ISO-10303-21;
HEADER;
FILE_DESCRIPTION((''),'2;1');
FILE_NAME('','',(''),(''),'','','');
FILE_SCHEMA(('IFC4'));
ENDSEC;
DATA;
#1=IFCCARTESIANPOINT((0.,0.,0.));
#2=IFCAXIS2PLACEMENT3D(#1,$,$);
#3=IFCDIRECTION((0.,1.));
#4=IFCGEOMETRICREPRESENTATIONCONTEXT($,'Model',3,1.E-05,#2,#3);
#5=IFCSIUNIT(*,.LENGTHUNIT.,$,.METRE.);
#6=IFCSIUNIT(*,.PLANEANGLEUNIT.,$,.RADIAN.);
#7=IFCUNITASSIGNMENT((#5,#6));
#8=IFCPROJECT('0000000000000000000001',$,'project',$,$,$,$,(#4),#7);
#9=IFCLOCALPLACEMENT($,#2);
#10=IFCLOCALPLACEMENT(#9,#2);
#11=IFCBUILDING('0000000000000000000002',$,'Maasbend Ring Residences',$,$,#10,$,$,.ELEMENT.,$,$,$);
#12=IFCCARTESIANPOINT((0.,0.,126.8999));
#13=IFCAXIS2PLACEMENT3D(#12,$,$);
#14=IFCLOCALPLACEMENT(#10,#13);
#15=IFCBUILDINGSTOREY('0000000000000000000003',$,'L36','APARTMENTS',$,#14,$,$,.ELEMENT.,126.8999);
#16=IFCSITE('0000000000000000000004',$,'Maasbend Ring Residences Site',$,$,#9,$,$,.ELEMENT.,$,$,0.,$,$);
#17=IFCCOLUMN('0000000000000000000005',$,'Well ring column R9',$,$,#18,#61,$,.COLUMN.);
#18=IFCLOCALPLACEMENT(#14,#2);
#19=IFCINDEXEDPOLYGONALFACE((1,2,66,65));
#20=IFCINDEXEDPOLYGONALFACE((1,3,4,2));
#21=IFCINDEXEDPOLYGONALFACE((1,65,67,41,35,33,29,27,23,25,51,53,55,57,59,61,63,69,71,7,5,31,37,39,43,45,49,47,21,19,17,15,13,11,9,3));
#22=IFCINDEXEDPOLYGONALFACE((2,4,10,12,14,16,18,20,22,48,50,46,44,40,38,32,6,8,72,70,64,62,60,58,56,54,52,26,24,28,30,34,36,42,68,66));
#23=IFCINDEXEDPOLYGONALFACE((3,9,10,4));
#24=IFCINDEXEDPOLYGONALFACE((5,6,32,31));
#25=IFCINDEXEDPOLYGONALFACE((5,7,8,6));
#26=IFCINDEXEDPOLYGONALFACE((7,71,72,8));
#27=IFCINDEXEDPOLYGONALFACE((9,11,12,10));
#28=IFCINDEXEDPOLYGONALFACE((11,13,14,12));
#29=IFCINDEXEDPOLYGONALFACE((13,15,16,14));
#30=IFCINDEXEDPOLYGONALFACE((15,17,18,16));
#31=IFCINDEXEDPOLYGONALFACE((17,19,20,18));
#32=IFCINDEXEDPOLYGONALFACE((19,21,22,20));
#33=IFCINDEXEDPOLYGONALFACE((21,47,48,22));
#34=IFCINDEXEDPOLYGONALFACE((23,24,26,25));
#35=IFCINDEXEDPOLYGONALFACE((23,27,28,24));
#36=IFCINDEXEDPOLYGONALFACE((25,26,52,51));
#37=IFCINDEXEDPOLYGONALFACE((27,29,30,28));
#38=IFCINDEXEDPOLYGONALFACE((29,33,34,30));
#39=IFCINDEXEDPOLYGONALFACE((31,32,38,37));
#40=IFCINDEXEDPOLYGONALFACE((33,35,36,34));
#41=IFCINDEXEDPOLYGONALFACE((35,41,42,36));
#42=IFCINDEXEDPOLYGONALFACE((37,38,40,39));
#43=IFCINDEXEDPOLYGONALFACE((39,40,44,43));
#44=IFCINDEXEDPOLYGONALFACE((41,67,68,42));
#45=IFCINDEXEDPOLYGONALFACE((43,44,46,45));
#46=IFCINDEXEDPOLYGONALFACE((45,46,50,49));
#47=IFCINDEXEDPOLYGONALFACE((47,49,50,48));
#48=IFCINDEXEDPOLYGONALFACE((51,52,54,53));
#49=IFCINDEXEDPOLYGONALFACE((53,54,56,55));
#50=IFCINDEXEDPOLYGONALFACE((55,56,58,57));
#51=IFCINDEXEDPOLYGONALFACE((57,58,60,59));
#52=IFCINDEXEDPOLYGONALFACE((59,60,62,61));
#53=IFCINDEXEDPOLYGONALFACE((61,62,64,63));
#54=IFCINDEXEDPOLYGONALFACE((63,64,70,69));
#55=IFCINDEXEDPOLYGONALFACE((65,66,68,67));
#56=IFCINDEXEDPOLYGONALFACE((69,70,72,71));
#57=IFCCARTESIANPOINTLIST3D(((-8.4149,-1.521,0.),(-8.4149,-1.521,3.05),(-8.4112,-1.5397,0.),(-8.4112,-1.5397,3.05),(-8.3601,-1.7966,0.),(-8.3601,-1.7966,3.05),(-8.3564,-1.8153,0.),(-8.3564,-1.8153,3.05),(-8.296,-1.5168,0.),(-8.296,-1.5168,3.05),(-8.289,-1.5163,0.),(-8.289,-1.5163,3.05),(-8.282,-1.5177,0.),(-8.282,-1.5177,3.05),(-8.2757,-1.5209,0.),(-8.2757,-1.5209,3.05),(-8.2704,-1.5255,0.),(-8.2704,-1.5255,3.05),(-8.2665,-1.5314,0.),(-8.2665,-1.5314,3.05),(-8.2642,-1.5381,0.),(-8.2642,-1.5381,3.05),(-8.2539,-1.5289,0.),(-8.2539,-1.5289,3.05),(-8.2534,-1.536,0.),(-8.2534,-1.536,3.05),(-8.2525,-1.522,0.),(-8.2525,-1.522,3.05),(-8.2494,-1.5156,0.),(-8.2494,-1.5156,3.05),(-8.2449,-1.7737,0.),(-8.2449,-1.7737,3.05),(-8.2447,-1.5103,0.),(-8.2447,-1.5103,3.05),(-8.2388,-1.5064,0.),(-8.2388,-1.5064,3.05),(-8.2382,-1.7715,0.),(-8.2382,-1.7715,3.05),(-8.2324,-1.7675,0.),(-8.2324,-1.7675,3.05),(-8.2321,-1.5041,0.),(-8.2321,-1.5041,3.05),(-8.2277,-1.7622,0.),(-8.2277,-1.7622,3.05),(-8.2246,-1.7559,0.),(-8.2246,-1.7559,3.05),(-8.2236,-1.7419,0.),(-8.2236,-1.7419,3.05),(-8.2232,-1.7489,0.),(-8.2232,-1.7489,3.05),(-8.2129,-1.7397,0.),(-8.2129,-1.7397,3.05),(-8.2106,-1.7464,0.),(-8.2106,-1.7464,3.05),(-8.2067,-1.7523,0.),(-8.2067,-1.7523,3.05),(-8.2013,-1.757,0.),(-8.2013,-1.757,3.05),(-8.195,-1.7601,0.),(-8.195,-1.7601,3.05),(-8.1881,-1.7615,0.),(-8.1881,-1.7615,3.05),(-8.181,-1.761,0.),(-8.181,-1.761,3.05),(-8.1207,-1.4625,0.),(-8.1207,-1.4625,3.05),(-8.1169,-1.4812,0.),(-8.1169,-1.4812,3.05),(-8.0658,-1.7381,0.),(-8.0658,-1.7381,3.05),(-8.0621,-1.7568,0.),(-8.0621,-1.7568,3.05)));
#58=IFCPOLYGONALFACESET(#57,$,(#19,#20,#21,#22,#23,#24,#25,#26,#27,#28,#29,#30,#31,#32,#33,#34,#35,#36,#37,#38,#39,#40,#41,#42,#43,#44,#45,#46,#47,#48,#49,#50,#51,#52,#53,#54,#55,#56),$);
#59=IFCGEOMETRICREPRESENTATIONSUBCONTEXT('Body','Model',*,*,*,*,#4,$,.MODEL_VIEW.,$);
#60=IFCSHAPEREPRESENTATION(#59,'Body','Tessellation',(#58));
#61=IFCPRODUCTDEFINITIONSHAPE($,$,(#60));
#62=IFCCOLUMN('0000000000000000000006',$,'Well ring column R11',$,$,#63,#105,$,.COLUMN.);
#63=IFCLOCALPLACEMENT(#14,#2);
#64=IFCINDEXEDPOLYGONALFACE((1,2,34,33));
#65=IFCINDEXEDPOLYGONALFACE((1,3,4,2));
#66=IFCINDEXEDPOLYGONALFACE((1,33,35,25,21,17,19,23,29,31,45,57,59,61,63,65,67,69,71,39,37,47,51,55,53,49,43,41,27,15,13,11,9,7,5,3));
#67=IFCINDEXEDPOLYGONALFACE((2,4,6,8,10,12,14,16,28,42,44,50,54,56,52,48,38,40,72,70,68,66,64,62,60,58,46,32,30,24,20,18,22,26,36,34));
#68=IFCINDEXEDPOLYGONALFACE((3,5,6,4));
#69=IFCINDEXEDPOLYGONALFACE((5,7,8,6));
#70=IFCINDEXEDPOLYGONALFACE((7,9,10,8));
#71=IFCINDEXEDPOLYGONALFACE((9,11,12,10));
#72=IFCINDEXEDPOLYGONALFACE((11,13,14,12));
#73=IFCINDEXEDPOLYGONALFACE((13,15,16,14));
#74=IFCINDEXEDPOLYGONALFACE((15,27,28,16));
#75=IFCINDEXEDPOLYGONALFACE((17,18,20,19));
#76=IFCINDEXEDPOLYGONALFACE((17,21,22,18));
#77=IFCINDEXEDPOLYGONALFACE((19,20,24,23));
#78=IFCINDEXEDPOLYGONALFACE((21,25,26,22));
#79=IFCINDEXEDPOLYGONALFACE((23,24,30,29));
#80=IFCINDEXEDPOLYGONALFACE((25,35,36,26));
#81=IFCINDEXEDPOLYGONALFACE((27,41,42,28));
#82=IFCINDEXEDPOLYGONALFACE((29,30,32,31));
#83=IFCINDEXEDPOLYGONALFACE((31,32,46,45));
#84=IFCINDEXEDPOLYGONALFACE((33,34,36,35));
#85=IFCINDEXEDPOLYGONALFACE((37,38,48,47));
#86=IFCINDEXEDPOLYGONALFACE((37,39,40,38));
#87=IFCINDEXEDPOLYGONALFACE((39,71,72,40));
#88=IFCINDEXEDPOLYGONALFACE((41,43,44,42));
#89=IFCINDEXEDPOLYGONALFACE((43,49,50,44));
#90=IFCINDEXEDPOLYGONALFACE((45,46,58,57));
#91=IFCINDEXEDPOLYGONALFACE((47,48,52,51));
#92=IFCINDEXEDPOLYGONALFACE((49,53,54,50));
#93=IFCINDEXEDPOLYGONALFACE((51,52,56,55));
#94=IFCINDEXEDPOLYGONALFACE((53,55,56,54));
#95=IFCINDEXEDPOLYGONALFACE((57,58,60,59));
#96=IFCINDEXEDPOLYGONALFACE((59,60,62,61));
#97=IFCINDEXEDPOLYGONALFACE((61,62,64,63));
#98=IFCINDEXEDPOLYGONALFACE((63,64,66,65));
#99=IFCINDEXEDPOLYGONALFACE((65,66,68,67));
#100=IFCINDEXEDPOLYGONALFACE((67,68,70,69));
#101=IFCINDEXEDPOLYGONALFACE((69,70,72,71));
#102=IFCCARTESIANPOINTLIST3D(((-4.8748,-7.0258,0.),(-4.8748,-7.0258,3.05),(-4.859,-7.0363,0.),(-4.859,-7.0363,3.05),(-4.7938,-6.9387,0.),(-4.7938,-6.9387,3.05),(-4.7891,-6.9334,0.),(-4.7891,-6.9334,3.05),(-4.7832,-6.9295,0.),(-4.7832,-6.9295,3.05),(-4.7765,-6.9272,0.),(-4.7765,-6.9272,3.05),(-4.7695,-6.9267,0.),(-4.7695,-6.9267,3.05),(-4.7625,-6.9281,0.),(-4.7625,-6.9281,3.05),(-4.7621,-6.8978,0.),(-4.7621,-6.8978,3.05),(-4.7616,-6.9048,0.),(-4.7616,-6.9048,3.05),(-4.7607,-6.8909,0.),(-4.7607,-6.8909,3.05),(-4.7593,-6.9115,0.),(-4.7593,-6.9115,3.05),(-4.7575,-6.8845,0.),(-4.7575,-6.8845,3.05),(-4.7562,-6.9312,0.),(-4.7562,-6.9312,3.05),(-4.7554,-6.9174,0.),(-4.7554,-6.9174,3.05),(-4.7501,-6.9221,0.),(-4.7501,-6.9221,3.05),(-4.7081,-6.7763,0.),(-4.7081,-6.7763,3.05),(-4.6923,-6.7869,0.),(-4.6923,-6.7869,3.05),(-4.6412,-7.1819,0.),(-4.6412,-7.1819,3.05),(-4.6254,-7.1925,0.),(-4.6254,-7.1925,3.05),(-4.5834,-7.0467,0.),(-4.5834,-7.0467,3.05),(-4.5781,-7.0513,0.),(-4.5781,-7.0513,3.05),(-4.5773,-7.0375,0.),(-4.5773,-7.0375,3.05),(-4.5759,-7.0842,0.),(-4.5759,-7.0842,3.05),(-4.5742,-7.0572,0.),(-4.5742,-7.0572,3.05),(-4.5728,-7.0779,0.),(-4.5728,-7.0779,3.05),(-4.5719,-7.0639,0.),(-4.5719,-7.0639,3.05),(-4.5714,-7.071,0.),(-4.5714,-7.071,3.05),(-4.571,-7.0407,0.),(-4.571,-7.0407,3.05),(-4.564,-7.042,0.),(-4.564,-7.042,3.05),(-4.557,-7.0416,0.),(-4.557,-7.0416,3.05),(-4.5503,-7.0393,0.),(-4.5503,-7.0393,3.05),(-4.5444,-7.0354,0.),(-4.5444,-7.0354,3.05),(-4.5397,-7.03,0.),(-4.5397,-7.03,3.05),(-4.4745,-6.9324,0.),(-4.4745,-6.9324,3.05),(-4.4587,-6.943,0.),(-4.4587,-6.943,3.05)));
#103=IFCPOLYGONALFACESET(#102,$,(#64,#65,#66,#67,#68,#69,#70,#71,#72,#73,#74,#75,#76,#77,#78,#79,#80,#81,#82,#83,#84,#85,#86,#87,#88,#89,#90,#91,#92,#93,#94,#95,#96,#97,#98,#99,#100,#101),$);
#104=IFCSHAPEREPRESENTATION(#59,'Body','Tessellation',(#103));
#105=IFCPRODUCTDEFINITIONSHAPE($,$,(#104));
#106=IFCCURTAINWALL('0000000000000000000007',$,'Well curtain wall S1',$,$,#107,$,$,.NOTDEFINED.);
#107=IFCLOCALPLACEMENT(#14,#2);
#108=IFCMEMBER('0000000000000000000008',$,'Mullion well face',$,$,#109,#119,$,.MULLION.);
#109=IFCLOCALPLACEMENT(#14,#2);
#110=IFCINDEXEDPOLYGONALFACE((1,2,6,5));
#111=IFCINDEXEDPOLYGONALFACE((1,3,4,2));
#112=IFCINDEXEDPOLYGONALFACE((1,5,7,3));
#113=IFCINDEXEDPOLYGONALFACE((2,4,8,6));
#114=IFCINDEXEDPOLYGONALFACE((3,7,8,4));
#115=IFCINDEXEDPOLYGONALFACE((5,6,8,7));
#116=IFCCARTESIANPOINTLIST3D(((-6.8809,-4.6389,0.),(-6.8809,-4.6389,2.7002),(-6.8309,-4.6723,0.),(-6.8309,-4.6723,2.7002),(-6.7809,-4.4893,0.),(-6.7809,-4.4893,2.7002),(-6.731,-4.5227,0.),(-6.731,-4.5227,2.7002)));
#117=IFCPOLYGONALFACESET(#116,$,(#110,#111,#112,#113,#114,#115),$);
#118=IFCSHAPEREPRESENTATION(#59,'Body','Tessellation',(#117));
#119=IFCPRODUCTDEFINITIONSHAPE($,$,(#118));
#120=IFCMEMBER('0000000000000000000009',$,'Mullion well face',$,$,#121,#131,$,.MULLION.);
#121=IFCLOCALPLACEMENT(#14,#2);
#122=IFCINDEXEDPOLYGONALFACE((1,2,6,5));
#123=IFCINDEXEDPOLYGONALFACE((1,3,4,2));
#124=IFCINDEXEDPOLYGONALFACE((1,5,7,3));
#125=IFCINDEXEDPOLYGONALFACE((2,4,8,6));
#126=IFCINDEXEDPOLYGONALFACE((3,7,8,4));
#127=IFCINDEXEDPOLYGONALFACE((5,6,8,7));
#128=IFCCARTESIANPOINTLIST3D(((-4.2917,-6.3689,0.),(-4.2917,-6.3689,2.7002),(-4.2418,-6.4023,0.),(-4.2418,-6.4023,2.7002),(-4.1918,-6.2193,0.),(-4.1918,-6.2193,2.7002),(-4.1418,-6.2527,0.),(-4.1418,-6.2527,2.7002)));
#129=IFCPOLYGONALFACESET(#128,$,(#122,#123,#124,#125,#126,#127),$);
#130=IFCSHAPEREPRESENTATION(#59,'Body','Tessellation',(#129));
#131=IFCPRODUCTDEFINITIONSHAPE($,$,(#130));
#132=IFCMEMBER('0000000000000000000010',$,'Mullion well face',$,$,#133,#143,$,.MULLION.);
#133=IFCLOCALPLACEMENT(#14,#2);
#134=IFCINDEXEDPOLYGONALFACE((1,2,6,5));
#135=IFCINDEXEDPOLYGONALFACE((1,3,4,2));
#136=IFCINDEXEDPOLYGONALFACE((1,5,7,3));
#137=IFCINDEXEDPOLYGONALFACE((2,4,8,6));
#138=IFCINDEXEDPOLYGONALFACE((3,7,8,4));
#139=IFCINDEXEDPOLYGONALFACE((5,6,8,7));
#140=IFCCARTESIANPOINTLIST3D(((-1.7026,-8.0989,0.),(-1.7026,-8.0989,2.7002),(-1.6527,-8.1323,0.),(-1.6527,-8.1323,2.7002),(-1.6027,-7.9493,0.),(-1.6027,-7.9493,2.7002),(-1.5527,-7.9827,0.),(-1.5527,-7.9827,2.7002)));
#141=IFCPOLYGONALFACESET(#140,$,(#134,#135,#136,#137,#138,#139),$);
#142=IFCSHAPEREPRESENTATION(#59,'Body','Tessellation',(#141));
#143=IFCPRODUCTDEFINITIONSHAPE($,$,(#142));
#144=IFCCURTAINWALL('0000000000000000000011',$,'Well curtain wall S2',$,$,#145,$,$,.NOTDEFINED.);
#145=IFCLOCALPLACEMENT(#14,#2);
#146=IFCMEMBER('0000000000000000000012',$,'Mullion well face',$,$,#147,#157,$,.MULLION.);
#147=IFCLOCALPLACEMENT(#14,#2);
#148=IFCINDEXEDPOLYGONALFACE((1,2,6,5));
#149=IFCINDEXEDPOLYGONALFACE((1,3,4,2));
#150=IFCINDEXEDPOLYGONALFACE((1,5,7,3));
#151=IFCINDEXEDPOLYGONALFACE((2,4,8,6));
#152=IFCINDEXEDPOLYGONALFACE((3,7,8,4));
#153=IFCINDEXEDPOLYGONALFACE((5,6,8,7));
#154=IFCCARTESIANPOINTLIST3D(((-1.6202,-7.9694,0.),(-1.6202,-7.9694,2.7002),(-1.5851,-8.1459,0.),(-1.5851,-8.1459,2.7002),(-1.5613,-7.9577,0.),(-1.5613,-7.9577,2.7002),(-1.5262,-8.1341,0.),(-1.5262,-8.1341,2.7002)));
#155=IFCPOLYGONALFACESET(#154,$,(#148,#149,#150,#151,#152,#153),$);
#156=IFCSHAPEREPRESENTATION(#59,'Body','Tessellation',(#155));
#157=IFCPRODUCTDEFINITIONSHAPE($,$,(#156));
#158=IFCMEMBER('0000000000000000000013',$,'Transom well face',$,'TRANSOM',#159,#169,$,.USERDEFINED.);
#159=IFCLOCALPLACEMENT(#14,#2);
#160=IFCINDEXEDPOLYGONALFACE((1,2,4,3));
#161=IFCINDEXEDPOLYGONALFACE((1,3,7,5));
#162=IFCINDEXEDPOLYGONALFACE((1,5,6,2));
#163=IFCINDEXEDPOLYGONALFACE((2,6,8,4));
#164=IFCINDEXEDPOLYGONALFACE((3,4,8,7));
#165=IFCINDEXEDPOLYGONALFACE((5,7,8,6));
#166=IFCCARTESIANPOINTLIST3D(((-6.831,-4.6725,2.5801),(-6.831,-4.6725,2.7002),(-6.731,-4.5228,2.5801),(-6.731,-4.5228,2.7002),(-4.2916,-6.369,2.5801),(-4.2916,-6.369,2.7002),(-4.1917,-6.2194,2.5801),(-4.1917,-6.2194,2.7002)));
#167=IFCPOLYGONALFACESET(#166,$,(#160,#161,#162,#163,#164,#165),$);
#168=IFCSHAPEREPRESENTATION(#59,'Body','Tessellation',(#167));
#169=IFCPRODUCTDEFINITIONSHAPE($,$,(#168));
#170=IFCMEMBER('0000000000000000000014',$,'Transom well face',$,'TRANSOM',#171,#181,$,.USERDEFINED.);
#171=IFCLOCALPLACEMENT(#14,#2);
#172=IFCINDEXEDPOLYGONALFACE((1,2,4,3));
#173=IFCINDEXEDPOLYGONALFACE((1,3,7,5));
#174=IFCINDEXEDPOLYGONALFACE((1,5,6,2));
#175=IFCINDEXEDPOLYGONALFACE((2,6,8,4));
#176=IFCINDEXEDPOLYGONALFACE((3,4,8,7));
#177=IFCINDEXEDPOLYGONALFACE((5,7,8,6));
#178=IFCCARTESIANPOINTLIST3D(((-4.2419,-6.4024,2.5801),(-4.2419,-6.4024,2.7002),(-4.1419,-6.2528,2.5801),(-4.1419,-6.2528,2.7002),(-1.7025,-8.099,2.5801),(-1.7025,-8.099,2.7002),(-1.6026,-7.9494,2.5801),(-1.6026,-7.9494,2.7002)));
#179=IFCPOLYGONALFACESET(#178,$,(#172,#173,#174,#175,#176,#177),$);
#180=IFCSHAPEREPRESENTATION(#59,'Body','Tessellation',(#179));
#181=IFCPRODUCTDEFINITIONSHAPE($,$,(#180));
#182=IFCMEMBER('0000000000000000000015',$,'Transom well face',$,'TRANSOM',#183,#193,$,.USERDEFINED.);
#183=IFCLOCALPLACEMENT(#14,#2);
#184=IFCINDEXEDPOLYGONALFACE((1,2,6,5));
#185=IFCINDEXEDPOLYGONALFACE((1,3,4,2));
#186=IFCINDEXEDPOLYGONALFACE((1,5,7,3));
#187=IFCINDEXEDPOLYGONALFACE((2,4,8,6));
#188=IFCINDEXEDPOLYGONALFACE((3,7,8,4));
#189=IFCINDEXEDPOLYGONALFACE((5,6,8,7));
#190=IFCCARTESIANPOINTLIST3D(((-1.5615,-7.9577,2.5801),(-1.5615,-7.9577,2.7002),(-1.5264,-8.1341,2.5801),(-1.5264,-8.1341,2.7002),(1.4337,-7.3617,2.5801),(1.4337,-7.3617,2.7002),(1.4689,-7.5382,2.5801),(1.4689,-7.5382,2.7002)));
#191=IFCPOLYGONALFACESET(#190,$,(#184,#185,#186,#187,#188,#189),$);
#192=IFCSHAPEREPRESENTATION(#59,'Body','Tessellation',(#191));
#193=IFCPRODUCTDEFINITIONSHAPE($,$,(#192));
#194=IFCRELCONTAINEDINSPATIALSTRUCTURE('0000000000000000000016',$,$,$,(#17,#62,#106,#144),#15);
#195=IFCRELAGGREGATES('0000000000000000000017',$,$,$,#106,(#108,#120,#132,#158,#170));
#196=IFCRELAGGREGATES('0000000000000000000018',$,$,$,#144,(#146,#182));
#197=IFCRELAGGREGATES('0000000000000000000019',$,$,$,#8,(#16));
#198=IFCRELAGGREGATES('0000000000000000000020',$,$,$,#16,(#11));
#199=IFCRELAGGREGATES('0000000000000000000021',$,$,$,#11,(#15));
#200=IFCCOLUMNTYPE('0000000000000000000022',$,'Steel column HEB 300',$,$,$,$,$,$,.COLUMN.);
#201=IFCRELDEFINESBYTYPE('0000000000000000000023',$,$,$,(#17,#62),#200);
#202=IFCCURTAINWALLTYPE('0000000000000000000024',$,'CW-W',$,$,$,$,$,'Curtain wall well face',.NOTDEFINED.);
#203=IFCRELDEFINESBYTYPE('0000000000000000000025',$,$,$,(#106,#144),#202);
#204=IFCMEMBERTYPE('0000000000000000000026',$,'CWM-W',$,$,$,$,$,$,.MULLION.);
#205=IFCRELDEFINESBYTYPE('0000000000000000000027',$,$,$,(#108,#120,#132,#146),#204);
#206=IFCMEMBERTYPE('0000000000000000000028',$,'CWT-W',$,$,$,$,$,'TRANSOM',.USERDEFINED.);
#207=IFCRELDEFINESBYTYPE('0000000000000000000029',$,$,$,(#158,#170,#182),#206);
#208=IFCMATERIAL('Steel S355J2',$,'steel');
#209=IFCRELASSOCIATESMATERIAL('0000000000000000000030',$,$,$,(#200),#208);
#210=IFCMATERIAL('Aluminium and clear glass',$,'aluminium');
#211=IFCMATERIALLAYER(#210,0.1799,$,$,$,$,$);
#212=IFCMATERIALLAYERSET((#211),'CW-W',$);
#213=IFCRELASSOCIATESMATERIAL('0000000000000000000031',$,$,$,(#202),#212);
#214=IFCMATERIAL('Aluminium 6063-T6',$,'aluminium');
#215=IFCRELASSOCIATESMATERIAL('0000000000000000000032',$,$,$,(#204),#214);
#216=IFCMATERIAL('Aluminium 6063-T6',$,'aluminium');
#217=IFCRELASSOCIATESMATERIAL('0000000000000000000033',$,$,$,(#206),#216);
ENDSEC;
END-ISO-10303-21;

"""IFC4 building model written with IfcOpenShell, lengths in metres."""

from ifc_helpers import new_model, si_unit, direction, frame, origin, origin_2d, place, context, subcontext, project, spatial, rectangle, i_section, extrude, material, layer, layer_set, material_profile, profile_set, type_object, element, aggregate, save


model = new_model("IFC4")

# Units and contexts
model_context = context("Model", 3, precision=1e-05, world=origin(), true_north=direction((0.0, 1.0)))
body_context = subcontext(model_context, "Body", "Model", "MODEL_VIEW")
ifc_project = project(units=[si_unit("LENGTHUNIT", "METRE"), si_unit("PLANEANGLEUNIT", "RADIAN")], contexts=[model_context])

# Site, building, storey
site_placement = place(None, origin())
site = spatial("IfcSite", under=ifc_project, at=site_placement, Name="Maasbend Ring Residences Site", CompositionType="ELEMENT", RefElevation=0.0)
building_placement = place(site_placement, origin())
building = spatial("IfcBuilding", under=site, at=building_placement, Name="Maasbend Ring Residences", CompositionType="ELEMENT")
storey_placement = place(building_placement, frame((0.0, 0.0, 126.8999)))
storey = spatial("IfcBuildingStorey", under=building, at=storey_placement, Name="L36", Description="APARTMENTS", CompositionType="ELEMENT", Elevation=126.8999)

# Columns
ifc_material_1 = material(Name="Steel S355J2", Category="steel")
ifc_material_profile_1 = material_profile(ifc_material_1, i_section(OverallWidth=0.3, OverallDepth=0.3, WebThickness=0.011, FlangeThickness=0.019, FilletRadius=0.0271, at=origin_2d()), Name="HEB 300")
ifc_profile_set_1 = profile_set([ifc_material_profile_1], Name="Steel S355J2")
column_type = type_object("IfcColumnType", Name="Steel column HEB 300", PredefinedType="COLUMN", material=ifc_profile_set_1)
for number, where, z_axis, x_axis, name in (
    (1, (-8.2385, -1.6389, 0.0), (0.0, 0.0, 1.0), (-0.980785, -0.19509, 0.0), "Well ring column R9"),
    (2, (-4.6667, -6.9844, 0.0), (0.0, 0.0, 1.0), (-0.55557, -0.83147, 0.0), "Well ring column R11"),
):
    element("IfcColumn", number, at=place(storey_placement, frame(where, z_axis=z_axis, x_axis=x_axis)), inside=storey, type_object=column_type, Name=name, PredefinedType="COLUMN", context=body_context, shape_type="SweptSolid", body=[
        extrude(i_section(OverallWidth=0.3, OverallDepth=0.3, WebThickness=0.011, FlangeThickness=0.019, FilletRadius=0.0271, at=origin_2d()), origin(), (0.0, 0.0, 1.0), 3.05),
    ])

# Curtain wall, members
ifc_material_2 = material(Name="Aluminium and clear glass", Category="aluminium")
ifc_layer_1 = layer(ifc_material_2, 0.1799)
ifc_layer_set_1 = layer_set([ifc_layer_1], Name="CW-W")
curtain_wall_type = type_object("IfcCurtainWallType", Name="CW-W", ElementType="Curtain wall well face", PredefinedType="NOTDEFINED", material=ifc_layer_set_1)
curtain_wall_1_placement = place(storey_placement, origin())
curtain_wall_1 = element("IfcCurtainWall", 3, at=curtain_wall_1_placement, inside=storey, type_object=curtain_wall_type, Name="Well curtain wall S1", PredefinedType="NOTDEFINED")
ifc_material_3 = material(Name="Aluminium 6063-T6", Category="aluminium")
ifc_material_profile_2 = material_profile(ifc_material_3, rectangle(XDim=0.1799, YDim=0.0601, at=origin_2d()), Name="AL 180x60")
ifc_profile_set_2 = profile_set([ifc_material_profile_2], Name="Aluminium 6063-T6")
member_type_1 = type_object("IfcMemberType", Name="CWM-W", PredefinedType="MULLION", material=ifc_profile_set_2)
member_1_placement = place(storey_placement, frame((-6.8059, -4.5808, 0.0), z_axis=(0.0, 0.0, 1.0), x_axis=(0.55557, 0.83147, 0.0)))
member_1 = element("IfcMember", 4, at=member_1_placement, type_object=member_type_1, Name="Mullion well face", PredefinedType="MULLION", context=body_context, shape_type="SweptSolid", body=[
    extrude(rectangle(XDim=0.1799, YDim=0.0601, at=origin_2d()), origin(), (0.0, 0.0, 1.0), 2.7002),
])
member_2_placement = place(storey_placement, frame((-4.2168, -6.3108, 0.0), z_axis=(0.0, 0.0, 1.0), x_axis=(0.55557, 0.83147, 0.0)))
member_2 = element("IfcMember", 5, at=member_2_placement, type_object=member_type_1, Name="Mullion well face", PredefinedType="MULLION", context=body_context, shape_type="SweptSolid", body=[
    extrude(rectangle(XDim=0.1799, YDim=0.0601, at=origin_2d()), origin(), (0.0, 0.0, 1.0), 2.7002),
])
member_3_placement = place(storey_placement, frame((-1.6277, -8.0408, 0.0), z_axis=(0.0, 0.0, 1.0), x_axis=(0.55557, 0.83147, 0.0)))
member_3 = element("IfcMember", 6, at=member_3_placement, type_object=member_type_1, Name="Mullion well face", PredefinedType="MULLION", context=body_context, shape_type="SweptSolid", body=[
    extrude(rectangle(XDim=0.1799, YDim=0.0601, at=origin_2d()), origin(), (0.0, 0.0, 1.0), 2.7002),
])

# Curtain wall, member
curtain_wall_2_placement = place(storey_placement, origin())
curtain_wall_2 = element("IfcCurtainWall", 7, at=curtain_wall_2_placement, inside=storey, type_object=curtain_wall_type, Name="Well curtain wall S2", PredefinedType="NOTDEFINED")
member_4_placement = place(storey_placement, frame((-1.5732, -8.0518, 0.0), z_axis=(0.0, 0.0, 1.0), x_axis=(-0.19509, 0.980785, 0.0)))
member_4 = element("IfcMember", 8, at=member_4_placement, type_object=member_type_1, Name="Mullion well face", PredefinedType="MULLION", context=body_context, shape_type="SweptSolid", body=[
    extrude(rectangle(XDim=0.1799, YDim=0.0601, at=origin_2d()), origin(), (0.0, 0.0, 1.0), 2.7002),
])

# Members
ifc_material_4 = material(Name="Aluminium 6063-T6", Category="aluminium")
ifc_material_profile_3 = material_profile(ifc_material_4, rectangle(XDim=0.1799, YDim=0.1201, at=origin_2d()), Name="AL 180x120")
ifc_profile_set_3 = profile_set([ifc_material_profile_3], Name="Aluminium 6063-T6")
member_type_2 = type_object("IfcMemberType", Name="CWT-W", ElementType="TRANSOM", PredefinedType="USERDEFINED", material=ifc_profile_set_3)
member_5_placement = place(storey_placement, frame((-6.781, -4.5977, 2.6401), z_axis=(0.831496, -0.55553, 0.0), x_axis=(0.55553, 0.831496, 0.0)))
member_5 = element("IfcMember", 9, at=member_5_placement, type_object=member_type_2, Name="Transom well face", ObjectType="TRANSOM", PredefinedType="USERDEFINED", context=body_context, shape_type="SweptSolid", body=[
    extrude(rectangle(XDim=0.1799, YDim=0.1201, at=origin_2d()), origin(), (0.0, 0.0, 1.0), 3.054),
])
member_6_placement = place(storey_placement, frame((-4.1919, -6.3276, 2.6401), z_axis=(0.831496, -0.55553, 0.0), x_axis=(0.55553, 0.831496, 0.0)))
member_6 = element("IfcMember", 10, at=member_6_placement, type_object=member_type_2, Name="Transom well face", ObjectType="TRANSOM", PredefinedType="USERDEFINED", context=body_context, shape_type="SweptSolid", body=[
    extrude(rectangle(XDim=0.1799, YDim=0.1201, at=origin_2d()), origin(), (0.0, 0.0, 1.0), 3.054),
])
member_7_placement = place(storey_placement, frame((-1.5439, -8.0459, 2.6401), z_axis=(0.980777, 0.195132, 0.0), x_axis=(-0.195132, 0.980777, 0.0)))
member_7 = element("IfcMember", 11, at=member_7_placement, type_object=member_type_2, Name="Transom well face", ObjectType="TRANSOM", PredefinedType="USERDEFINED", context=body_context, shape_type="SweptSolid", body=[
    extrude(rectangle(XDim=0.1799, YDim=0.1201, at=origin_2d()), origin(), (0.0, 0.0, 1.0), 3.054),
])

aggregate(curtain_wall_1, [member_1, member_2, member_3, member_5, member_6])
aggregate(curtain_wall_2, [member_4, member_7])

save(model, "model.ifc")
